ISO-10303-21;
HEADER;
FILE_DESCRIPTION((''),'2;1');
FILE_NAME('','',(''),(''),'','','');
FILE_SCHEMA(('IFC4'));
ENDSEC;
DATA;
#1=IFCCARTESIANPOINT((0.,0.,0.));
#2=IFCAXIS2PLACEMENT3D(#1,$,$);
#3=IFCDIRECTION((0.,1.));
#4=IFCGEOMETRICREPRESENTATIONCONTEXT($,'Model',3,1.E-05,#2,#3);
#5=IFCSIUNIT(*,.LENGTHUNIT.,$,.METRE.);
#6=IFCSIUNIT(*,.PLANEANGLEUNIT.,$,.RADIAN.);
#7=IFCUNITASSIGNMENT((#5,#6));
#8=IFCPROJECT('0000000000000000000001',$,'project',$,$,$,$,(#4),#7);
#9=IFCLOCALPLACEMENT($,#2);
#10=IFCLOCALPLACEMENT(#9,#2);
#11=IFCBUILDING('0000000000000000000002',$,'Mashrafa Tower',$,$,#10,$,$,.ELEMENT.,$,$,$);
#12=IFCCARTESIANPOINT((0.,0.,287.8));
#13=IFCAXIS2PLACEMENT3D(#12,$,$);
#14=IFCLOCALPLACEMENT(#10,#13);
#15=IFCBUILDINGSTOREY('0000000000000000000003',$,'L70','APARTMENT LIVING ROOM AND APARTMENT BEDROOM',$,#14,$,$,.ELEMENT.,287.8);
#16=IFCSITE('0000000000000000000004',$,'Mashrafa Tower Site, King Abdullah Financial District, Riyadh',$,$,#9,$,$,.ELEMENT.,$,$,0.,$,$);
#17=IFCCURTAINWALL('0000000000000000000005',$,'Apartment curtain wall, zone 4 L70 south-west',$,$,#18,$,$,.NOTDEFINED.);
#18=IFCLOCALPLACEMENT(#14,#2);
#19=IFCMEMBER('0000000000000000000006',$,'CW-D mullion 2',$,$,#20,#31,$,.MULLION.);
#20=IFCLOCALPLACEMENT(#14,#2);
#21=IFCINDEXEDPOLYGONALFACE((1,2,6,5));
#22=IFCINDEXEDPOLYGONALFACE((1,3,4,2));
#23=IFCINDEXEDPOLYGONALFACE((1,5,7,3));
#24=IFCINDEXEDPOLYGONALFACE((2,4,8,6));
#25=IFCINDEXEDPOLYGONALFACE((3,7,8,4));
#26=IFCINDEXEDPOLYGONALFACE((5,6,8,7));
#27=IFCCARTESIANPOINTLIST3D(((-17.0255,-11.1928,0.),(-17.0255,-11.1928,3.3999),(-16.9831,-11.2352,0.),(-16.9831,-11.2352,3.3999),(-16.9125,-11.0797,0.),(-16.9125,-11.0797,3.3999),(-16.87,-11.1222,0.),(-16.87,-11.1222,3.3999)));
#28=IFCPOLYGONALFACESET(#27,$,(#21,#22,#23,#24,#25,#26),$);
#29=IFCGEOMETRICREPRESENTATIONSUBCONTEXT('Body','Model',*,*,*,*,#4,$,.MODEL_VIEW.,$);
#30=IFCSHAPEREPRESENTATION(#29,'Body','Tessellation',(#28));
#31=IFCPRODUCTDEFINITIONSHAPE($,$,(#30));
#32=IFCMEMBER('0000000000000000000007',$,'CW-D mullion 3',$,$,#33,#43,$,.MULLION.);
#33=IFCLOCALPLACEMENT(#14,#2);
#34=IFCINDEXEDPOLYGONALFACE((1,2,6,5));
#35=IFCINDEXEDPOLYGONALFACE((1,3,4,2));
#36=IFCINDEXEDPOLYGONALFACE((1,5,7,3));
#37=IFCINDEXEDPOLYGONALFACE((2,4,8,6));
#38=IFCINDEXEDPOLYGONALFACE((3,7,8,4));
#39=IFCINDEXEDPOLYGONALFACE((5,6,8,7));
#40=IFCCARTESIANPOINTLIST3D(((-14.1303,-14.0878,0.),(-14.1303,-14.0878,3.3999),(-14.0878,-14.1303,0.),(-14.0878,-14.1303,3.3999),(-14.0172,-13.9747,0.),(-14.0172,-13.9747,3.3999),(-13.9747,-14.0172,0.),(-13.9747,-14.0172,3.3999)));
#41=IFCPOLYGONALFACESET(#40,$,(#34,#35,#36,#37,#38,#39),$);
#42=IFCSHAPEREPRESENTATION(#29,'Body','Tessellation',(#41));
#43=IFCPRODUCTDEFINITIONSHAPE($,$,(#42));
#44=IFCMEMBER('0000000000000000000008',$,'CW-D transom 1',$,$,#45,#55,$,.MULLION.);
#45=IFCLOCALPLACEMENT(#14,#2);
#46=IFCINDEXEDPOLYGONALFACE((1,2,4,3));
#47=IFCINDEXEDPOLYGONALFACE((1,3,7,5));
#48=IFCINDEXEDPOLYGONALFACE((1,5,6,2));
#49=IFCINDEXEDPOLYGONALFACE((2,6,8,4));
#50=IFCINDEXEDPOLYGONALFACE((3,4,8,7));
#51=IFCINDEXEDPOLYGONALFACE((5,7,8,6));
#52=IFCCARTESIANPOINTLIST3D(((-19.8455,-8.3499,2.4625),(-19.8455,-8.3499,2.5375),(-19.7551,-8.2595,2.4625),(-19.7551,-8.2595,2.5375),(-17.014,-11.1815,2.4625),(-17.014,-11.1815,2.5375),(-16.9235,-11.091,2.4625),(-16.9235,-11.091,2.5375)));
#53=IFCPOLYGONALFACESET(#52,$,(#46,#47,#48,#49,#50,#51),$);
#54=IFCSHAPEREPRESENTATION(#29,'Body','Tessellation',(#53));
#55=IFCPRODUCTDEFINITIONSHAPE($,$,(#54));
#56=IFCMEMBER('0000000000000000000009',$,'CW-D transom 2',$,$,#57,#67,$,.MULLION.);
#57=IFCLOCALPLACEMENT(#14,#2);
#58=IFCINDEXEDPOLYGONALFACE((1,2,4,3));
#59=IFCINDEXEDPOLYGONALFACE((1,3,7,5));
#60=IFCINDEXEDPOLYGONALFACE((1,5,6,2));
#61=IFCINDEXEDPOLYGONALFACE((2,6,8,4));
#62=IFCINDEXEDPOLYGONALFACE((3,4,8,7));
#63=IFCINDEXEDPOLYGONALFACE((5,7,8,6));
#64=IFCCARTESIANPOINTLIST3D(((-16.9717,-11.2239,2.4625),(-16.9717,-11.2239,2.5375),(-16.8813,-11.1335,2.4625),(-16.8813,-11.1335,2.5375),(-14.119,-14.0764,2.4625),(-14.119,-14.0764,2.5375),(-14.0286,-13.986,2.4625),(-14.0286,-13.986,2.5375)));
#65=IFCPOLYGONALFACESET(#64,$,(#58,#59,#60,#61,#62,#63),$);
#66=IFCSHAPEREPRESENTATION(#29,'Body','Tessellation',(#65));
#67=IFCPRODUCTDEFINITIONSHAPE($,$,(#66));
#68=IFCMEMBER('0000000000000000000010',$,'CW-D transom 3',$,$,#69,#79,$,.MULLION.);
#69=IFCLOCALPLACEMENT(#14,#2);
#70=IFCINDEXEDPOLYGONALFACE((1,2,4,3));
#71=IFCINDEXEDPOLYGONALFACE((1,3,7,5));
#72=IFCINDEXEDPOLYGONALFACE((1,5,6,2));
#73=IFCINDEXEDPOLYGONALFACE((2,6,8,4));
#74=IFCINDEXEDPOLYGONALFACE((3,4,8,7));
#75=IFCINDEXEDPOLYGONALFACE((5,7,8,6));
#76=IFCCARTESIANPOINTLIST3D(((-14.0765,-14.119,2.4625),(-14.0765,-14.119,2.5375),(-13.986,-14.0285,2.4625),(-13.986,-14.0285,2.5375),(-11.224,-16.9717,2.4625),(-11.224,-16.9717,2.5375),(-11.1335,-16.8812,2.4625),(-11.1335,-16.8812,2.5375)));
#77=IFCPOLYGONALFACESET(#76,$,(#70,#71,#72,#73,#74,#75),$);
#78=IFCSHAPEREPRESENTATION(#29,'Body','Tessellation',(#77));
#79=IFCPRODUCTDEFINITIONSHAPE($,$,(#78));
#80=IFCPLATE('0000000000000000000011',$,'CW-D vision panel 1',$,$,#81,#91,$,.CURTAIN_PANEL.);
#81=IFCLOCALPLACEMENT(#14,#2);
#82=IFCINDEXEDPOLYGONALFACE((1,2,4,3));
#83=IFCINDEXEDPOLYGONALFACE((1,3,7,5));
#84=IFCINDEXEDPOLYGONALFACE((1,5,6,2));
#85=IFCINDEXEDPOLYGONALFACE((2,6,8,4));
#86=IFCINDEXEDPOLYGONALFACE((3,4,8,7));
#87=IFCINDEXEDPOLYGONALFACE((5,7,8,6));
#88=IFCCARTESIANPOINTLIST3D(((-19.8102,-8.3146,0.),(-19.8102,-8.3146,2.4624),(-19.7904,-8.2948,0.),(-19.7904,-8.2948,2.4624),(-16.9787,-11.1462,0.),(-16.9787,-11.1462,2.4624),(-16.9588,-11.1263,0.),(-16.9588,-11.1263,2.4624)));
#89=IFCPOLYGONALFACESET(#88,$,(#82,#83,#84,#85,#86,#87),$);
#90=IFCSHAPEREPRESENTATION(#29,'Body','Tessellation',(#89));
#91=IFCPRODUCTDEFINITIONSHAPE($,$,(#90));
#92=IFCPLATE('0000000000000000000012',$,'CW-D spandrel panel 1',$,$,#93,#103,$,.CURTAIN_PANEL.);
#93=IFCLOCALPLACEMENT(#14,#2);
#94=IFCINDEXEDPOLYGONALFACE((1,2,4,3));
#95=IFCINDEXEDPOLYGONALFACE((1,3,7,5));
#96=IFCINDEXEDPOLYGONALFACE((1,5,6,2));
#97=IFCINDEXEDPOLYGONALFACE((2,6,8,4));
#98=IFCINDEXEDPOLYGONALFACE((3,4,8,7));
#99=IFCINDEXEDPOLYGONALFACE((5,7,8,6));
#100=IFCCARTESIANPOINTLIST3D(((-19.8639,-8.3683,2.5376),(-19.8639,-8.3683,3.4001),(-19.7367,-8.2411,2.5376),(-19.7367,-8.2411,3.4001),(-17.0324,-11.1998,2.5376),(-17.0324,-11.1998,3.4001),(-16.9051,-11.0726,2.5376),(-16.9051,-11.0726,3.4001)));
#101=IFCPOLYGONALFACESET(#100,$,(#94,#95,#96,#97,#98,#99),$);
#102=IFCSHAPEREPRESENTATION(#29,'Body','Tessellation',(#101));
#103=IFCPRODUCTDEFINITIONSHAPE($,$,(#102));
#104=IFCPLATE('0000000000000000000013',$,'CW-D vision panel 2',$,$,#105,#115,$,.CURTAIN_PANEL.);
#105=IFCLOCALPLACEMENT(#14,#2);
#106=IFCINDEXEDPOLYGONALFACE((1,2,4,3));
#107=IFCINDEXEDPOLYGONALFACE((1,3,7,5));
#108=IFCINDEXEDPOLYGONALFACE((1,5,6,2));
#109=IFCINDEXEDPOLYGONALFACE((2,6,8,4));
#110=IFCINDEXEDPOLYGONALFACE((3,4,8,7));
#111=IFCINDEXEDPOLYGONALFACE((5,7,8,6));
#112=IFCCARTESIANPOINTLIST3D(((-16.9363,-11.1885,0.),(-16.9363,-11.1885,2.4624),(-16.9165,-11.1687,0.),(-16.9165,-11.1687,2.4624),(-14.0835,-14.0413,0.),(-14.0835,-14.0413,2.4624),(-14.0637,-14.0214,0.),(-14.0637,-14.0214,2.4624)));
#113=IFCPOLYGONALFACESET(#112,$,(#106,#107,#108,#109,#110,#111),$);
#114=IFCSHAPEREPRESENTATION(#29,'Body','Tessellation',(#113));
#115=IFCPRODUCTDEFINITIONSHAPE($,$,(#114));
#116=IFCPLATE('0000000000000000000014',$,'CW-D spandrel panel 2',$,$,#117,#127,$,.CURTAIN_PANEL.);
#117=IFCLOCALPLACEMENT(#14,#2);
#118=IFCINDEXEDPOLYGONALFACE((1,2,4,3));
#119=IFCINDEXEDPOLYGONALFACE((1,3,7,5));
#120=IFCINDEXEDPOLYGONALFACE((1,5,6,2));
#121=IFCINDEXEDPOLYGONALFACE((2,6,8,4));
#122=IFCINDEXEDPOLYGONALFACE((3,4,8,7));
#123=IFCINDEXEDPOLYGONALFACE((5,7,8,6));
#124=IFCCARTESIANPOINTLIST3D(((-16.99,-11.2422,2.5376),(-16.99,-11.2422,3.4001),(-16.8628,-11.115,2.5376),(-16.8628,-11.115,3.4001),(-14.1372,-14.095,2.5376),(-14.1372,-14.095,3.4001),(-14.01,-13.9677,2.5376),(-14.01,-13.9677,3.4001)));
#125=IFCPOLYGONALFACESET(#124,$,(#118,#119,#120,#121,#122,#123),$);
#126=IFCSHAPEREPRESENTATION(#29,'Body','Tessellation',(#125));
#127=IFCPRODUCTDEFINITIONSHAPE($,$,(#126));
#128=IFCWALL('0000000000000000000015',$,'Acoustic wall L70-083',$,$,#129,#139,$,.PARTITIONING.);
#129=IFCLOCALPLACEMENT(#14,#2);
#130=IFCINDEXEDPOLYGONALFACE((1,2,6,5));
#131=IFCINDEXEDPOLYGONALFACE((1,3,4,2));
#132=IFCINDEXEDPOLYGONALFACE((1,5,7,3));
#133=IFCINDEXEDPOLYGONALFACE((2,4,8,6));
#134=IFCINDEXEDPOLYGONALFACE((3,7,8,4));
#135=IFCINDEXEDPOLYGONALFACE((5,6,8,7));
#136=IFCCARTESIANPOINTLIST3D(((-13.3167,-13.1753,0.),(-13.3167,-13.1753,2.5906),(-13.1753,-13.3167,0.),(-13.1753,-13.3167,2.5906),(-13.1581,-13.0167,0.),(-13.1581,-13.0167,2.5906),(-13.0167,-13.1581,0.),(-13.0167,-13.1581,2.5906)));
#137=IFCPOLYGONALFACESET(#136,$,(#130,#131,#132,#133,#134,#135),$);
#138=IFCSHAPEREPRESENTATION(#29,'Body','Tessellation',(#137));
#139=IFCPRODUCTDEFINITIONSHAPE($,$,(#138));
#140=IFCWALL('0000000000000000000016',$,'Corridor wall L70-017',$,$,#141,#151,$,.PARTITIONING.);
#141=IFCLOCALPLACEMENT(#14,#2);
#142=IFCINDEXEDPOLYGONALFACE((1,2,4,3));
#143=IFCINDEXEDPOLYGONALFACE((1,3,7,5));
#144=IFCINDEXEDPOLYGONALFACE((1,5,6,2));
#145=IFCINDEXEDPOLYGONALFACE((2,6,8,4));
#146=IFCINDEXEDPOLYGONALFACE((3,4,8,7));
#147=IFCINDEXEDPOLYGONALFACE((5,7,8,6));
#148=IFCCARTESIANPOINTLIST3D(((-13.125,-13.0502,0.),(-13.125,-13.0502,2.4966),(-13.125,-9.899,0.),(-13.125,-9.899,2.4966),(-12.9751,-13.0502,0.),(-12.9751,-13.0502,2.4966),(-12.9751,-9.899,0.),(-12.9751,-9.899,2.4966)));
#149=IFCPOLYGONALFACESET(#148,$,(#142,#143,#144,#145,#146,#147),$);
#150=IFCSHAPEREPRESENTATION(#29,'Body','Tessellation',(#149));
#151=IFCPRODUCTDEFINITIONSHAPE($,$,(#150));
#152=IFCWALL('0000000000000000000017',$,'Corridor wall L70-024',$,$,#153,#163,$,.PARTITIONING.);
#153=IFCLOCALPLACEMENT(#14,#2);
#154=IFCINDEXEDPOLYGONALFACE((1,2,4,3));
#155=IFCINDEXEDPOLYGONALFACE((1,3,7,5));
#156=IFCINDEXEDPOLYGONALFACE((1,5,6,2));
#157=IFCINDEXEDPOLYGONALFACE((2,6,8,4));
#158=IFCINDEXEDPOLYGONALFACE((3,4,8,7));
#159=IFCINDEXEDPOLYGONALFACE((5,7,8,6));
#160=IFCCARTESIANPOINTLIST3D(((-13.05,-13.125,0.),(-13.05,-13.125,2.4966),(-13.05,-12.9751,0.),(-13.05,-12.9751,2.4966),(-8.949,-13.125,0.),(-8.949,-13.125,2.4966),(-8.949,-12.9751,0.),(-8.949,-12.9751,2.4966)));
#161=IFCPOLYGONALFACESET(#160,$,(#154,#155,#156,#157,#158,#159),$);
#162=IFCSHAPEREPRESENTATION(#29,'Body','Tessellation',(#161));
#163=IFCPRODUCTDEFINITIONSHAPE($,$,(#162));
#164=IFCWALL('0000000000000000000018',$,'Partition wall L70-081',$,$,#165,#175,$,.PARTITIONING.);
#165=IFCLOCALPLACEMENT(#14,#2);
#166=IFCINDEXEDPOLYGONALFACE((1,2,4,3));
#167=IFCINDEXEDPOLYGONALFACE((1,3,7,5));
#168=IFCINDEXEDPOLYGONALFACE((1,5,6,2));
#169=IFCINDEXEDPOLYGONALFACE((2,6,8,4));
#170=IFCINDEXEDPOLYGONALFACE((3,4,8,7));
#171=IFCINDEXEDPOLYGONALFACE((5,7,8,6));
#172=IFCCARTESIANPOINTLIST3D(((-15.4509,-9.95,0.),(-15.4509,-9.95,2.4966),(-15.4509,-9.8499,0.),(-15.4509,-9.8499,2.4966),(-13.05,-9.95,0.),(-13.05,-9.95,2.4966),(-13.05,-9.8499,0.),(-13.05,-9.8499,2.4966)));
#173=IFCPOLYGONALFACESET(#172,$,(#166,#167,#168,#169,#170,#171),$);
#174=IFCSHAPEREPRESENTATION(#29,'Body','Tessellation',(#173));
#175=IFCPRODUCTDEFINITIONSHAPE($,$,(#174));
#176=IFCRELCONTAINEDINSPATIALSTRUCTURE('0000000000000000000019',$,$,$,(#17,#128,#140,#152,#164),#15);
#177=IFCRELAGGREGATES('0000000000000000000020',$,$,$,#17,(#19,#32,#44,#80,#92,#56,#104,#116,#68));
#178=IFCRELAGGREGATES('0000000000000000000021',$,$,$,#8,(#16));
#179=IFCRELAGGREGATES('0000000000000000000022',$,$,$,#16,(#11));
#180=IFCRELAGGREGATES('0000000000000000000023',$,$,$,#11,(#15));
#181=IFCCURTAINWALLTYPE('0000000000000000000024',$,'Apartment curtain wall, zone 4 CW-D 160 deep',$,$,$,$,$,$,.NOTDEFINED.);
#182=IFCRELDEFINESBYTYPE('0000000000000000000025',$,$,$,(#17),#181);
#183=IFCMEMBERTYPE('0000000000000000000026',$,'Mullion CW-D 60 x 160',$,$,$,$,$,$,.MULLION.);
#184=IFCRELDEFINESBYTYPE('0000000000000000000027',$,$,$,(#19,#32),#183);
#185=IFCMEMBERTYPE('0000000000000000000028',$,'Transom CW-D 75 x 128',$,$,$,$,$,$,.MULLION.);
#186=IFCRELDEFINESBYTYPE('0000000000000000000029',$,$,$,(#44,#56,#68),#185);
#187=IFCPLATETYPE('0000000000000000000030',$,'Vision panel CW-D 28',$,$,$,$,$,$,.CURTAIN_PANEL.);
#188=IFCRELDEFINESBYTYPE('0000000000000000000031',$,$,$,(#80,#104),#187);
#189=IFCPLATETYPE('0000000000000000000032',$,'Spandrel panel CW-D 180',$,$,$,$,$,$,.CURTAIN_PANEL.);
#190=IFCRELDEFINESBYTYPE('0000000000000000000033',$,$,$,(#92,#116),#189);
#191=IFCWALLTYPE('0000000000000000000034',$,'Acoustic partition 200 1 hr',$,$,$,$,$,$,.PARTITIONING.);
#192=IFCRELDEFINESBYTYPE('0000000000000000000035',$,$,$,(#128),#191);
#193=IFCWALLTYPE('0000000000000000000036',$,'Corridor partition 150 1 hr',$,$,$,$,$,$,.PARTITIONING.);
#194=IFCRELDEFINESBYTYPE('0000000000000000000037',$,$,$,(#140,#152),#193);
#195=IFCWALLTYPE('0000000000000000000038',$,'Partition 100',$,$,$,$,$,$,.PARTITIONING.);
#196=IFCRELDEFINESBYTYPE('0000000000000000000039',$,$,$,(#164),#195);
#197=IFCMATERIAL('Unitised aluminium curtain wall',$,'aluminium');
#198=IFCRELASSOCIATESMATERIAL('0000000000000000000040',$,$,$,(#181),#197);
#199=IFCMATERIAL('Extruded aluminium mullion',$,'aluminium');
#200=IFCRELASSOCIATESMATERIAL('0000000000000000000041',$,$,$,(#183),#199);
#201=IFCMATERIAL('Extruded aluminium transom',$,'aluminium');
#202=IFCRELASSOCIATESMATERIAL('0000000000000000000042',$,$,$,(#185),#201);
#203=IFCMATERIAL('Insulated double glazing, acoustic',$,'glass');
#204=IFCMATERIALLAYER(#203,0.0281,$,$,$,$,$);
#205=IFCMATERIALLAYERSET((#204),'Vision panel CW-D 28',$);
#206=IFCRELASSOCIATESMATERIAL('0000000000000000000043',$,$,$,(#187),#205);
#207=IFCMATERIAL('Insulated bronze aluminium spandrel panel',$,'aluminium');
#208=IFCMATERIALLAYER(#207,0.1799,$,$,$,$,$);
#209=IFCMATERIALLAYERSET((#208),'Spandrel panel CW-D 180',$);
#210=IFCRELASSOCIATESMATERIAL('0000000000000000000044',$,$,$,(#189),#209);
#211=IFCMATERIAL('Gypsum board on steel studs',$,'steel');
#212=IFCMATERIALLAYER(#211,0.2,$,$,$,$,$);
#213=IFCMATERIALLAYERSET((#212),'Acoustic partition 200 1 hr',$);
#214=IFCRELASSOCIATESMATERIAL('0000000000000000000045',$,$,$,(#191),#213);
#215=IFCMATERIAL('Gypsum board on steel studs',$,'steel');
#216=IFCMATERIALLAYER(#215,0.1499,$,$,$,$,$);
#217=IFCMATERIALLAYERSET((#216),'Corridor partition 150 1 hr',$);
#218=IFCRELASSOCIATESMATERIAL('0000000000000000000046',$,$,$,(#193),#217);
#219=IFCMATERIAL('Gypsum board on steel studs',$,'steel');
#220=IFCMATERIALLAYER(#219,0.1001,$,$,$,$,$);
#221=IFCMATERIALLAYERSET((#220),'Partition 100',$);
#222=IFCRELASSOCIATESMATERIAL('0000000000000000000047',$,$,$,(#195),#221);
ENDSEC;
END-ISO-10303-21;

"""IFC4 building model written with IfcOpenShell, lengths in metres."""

from ifc_helpers import new_model, si_unit, direction, frame, frame_2d, origin, origin_2d, place, context, subcontext, project, spatial, rectangle, extrude, source, transform, mapped, material, layer, layer_set, material_profile, profile_set, type_object, type_shapes, element, aggregate, save


model = new_model("IFC4")

# Units and contexts
model_context = context("Model", 3, precision=1e-05, world=origin(), true_north=direction((0.0, 1.0)))
body_context = subcontext(model_context, "Body", "Model", "MODEL_VIEW")
ifc_project = project(units=[si_unit("LENGTHUNIT", "METRE"), si_unit("PLANEANGLEUNIT", "RADIAN")], contexts=[model_context])

# Site, building, storey
site_placement = place(None, origin())
site = spatial("IfcSite", under=ifc_project, at=site_placement, Name="Mashrafa Tower Site, King Abdullah Financial District, Riyadh", CompositionType="ELEMENT", RefElevation=0.0)
building_placement = place(site_placement, origin())
building = spatial("IfcBuilding", under=site, at=building_placement, Name="Mashrafa Tower", CompositionType="ELEMENT")
storey_placement = place(building_placement, frame((0.0, 0.0, 287.8)))
storey = spatial("IfcBuildingStorey", under=building, at=storey_placement, Name="L70", Description="APARTMENT LIVING ROOM AND APARTMENT BEDROOM", CompositionType="ELEMENT", Elevation=287.8)

# Shared definitions
ifc_material_1 = material(Name="Unitised aluminium curtain wall", Category="aluminium")
curtain_wall_type = type_object("IfcCurtainWallType", Name="Apartment curtain wall, zone 4 CW-D 160 deep", PredefinedType="NOTDEFINED", material=ifc_material_1)
ifc_material_2 = material(Name="Extruded aluminium mullion", Category="aluminium")
ifc_material_profile_1 = material_profile(ifc_material_2, rectangle(XDim=0.1599, YDim=0.0601, at=origin_2d()), Name="Mullion 60x160")
ifc_profile_set_1 = profile_set([ifc_material_profile_1], Name="Extruded aluminium mullion")
member_type_1 = type_object("IfcMemberType", Name="Mullion CW-D 60 x 160", PredefinedType="MULLION", material=ifc_profile_set_1)
shared_shape_1 = source(origin(), body_context, "Body", "SweptSolid", [
    extrude(rectangle(XDim=0.1599, YDim=0.0601, at=origin_2d()), origin(), (0.0, 0.0, 1.0), 3.3999),
])
type_shapes(member_type_1, [shared_shape_1])

# Curtain wall, members, plates
curtain_wall_1_placement = place(storey_placement, origin())
curtain_wall_1 = element("IfcCurtainWall", 1, at=curtain_wall_1_placement, inside=storey, type_object=curtain_wall_type, Name="Apartment curtain wall, zone 4 L70 south-west", PredefinedType="NOTDEFINED")
member_1_placement = place(storey_placement, frame((-16.9478, -11.1575, 0.0), z_axis=(0.0, 0.0, 1.0), x_axis=(0.707107, 0.707107, 0.0)))
member_1 = element("IfcMember", 2, at=member_1_placement, type_object=member_type_1, Name="CW-D mullion 2", PredefinedType="MULLION", context=body_context, shape_type="MappedRepresentation", body=[
    mapped(shared_shape_1, transform((0.0, 0.0, 0.0))),
])
member_2_placement = place(storey_placement, frame((-14.0525, -14.0525, 0.0), z_axis=(0.0, 0.0, 1.0), x_axis=(0.707107, 0.707107, 0.0)))
member_2 = element("IfcMember", 3, at=member_2_placement, type_object=member_type_1, Name="CW-D mullion 3", PredefinedType="MULLION", context=body_context, shape_type="MappedRepresentation", body=[
    mapped(shared_shape_1, transform((0.0, 0.0, 0.0))),
])
ifc_material_3 = material(Name="Extruded aluminium transom", Category="aluminium")
ifc_material_profile_2 = material_profile(ifc_material_3, rectangle(XDim=0.1279, YDim=0.075, at=origin_2d()), Name="Transom 75x128")
ifc_profile_set_2 = profile_set([ifc_material_profile_2], Name="Extruded aluminium transom")
member_type_2 = type_object("IfcMemberType", Name="Transom CW-D 75 x 128", PredefinedType="MULLION", material=ifc_profile_set_2)
shared_shape_2 = source(origin(), body_context, "Body", "SweptSolid", [
    extrude(rectangle(XDim=0.1279, YDim=0.075, at=origin_2d()), origin(), (0.0, 0.0, 1.0), 4.0044),
])
member_3_placement = place(storey_placement, frame((-19.8003, -8.3047, 2.5), z_axis=(0.707107, -0.707107, 0.0), x_axis=(0.707107, 0.707107, 0.0)))
member_3 = element("IfcMember", 4, at=member_3_placement, type_object=member_type_2, Name="CW-D transom 1", PredefinedType="MULLION", context=body_context, shape_type="MappedRepresentation", body=[
    mapped(shared_shape_2, transform((0.0, 0.0, 0.0))),
])
shared_shape_3 = source(origin(), body_context, "Body", "SweptSolid", [
    extrude(rectangle(XDim=0.1279, YDim=0.075, at=origin_2d()), origin(), (0.0, 0.0, 1.0), 4.0342),
])
type_shapes(member_type_2, [shared_shape_2, shared_shape_3])
member_4_placement = place(storey_placement, frame((-16.9265, -11.1787, 2.5), z_axis=(0.707137, -0.707077, 0.0), x_axis=(0.707077, 0.707137, 0.0)))
member_4 = element("IfcMember", 5, at=member_4_placement, type_object=member_type_2, Name="CW-D transom 2", PredefinedType="MULLION", context=body_context, shape_type="MappedRepresentation", body=[
    mapped(shared_shape_3, transform((0.0, 0.0, 0.0))),
])
member_5_placement = place(storey_placement, frame((-14.0312, -14.0737, 2.5), z_axis=(0.707077, -0.707137, 0.0), x_axis=(0.707137, 0.707077, 0.0)))
member_5 = element("IfcMember", 6, at=member_5_placement, type_object=member_type_2, Name="CW-D transom 3", PredefinedType="MULLION", context=body_context, shape_type="MappedRepresentation", body=[
    mapped(shared_shape_3, transform((0.0, 0.0, 0.0))),
])
ifc_material_4 = material(Name="Insulated double glazing, acoustic", Category="glass")
ifc_layer_1 = layer(ifc_material_4, 0.0281)
ifc_layer_set_1 = layer_set([ifc_layer_1], Name="Vision panel CW-D 28")
plate_type_1 = type_object("IfcPlateType", Name="Vision panel CW-D 28", PredefinedType="CURTAIN_PANEL", material=ifc_layer_set_1)
shared_shape_4 = source(origin(), body_context, "Body", "SweptSolid", [
    extrude(rectangle(XDim=4.0044, YDim=0.0281, at=origin_2d()), origin(), (0.0, 0.0, 1.0), 2.4624),
])
plate_1_placement = place(storey_placement, frame((-18.3845, -9.7205, 0.0), z_axis=(0.0, 0.0, 1.0), x_axis=(0.707107, -0.707107, 0.0)))
plate_1 = element("IfcPlate", 7, at=plate_1_placement, type_object=plate_type_1, Name="CW-D vision panel 1", PredefinedType="CURTAIN_PANEL", context=body_context, shape_type="MappedRepresentation", body=[
    mapped(shared_shape_4, transform((0.0, 0.0, 0.0))),
])
ifc_material_5 = material(Name="Insulated bronze aluminium spandrel panel", Category="aluminium")
ifc_layer_2 = layer(ifc_material_5, 0.1799)
ifc_layer_set_2 = layer_set([ifc_layer_2], Name="Spandrel panel CW-D 180")
plate_type_2 = type_object("IfcPlateType", Name="Spandrel panel CW-D 180", PredefinedType="CURTAIN_PANEL", material=ifc_layer_set_2)
shared_shape_5 = source(origin(), body_context, "Body", "SweptSolid", [
    extrude(rectangle(XDim=4.0044, YDim=0.1799, at=origin_2d()), origin(), (0.0, 0.0, 1.0), 0.8625),
])
plate_2_placement = place(storey_placement, frame((-18.3845, -9.7205, 2.5376), z_axis=(0.0, 0.0, 1.0), x_axis=(0.707107, -0.707107, 0.0)))
plate_2 = element("IfcPlate", 8, at=plate_2_placement, type_object=plate_type_2, Name="CW-D spandrel panel 1", PredefinedType="CURTAIN_PANEL", context=body_context, shape_type="MappedRepresentation", body=[
    mapped(shared_shape_5, transform((0.0, 0.0, 0.0))),
])
shared_shape_6 = source(origin(), body_context, "Body", "SweptSolid", [
    extrude(rectangle(XDim=4.0344, YDim=0.0281, at=origin_2d()), origin(), (0.0, 0.0, 1.0), 2.4624),
])
type_shapes(plate_type_1, [shared_shape_4, shared_shape_6])
plate_3_placement = place(storey_placement, frame((-15.5, -12.605, 0.0), z_axis=(0.0, 0.0, 1.0), x_axis=(0.707107, -0.707107, 0.0)))
plate_3 = element("IfcPlate", 9, at=plate_3_placement, type_object=plate_type_1, Name="CW-D vision panel 2", PredefinedType="CURTAIN_PANEL", context=body_context, shape_type="MappedRepresentation", body=[
    mapped(shared_shape_6, transform((0.0, 0.0, 0.0))),
])
shared_shape_7 = source(origin(), body_context, "Body", "SweptSolid", [
    extrude(rectangle(XDim=4.0344, YDim=0.1799, at=origin_2d()), origin(), (0.0, 0.0, 1.0), 0.8625),
])
type_shapes(plate_type_2, [shared_shape_5, shared_shape_7])
plate_4_placement = place(storey_placement, frame((-15.5, -12.605, 2.5376), z_axis=(0.0, 0.0, 1.0), x_axis=(0.707107, -0.707107, 0.0)))
plate_4 = element("IfcPlate", 10, at=plate_4_placement, type_object=plate_type_2, Name="CW-D spandrel panel 2", PredefinedType="CURTAIN_PANEL", context=body_context, shape_type="MappedRepresentation", body=[
    mapped(shared_shape_7, transform((0.0, 0.0, 0.0))),
])
aggregate(curtain_wall_1, [member_1, member_2, member_3, plate_1, plate_2, member_4, plate_3, plate_4, member_5])

# Walls
ifc_material_6 = material(Name="Gypsum board on steel studs", Category="steel")
ifc_layer_3 = layer(ifc_material_6, 0.2)
ifc_layer_set_3 = layer_set([ifc_layer_3], Name="Acoustic partition 200 1 hr")
wall_type_1 = type_object("IfcWallType", Name="Acoustic partition 200 1 hr", PredefinedType="PARTITIONING", material=ifc_layer_set_3)
wall_1_placement = place(storey_placement, frame((-13.2461, -13.2461, 0.0), z_axis=(0.0, 0.0, 1.0), x_axis=(0.707107, 0.707107, 0.0)))
element("IfcWall", 11, at=wall_1_placement, inside=storey, type_object=wall_type_1, Name="Acoustic wall L70-083", PredefinedType="PARTITIONING", context=body_context, shape_type="SweptSolid", body=[
    extrude(rectangle(XDim=0.2244, YDim=0.2, at=frame_2d((0.1123, 0.0))), origin(), (0.0, 0.0, 1.0), 2.5906),
])
ifc_material_7 = material(Name="Gypsum board on steel studs", Category="steel")
ifc_layer_4 = layer(ifc_material_7, 0.1499)
ifc_layer_set_4 = layer_set([ifc_layer_4], Name="Corridor partition 150 1 hr")
wall_type_2 = type_object("IfcWallType", Name="Corridor partition 150 1 hr", PredefinedType="PARTITIONING", material=ifc_layer_set_4)
wall_2_placement = place(storey_placement, frame((-13.05, -9.8989, 0.0), z_axis=(0.0, 0.0, 1.0), x_axis=(0.0, -1.0, 0.0)))
element("IfcWall", 12, at=wall_2_placement, inside=storey, type_object=wall_type_2, Name="Corridor wall L70-017", PredefinedType="PARTITIONING", context=body_context, shape_type="SweptSolid", body=[
    extrude(rectangle(XDim=3.1511, YDim=0.1499, at=frame_2d((1.5757, 0.0))), origin(), (0.0, 0.0, 1.0), 2.4966),
])
wall_3_placement = place(storey_placement, frame((-13.05, -13.05, 0.0), z_axis=(0.0, 0.0, 1.0), x_axis=(1.0, 0.0, 0.0)))
element("IfcWall", 13, at=wall_3_placement, inside=storey, type_object=wall_type_2, Name="Corridor wall L70-024", PredefinedType="PARTITIONING", context=body_context, shape_type="SweptSolid", body=[
    extrude(rectangle(XDim=4.1011, YDim=0.1499, at=frame_2d((2.0505, 0.0))), origin(), (0.0, 0.0, 1.0), 2.4966),
])
ifc_material_8 = material(Name="Gypsum board on steel studs", Category="steel")
ifc_layer_5 = layer(ifc_material_8, 0.1001)
ifc_layer_set_5 = layer_set([ifc_layer_5], Name="Partition 100")
wall_type_3 = type_object("IfcWallType", Name="Partition 100", PredefinedType="PARTITIONING", material=ifc_layer_set_5)
wall_4_placement = place(storey_placement, frame((-13.05, -9.8999, 0.0), z_axis=(0.0, 0.0, 1.0), x_axis=(-1.0, 0.0, 0.0)))
element("IfcWall", 14, at=wall_4_placement, inside=storey, type_object=wall_type_3, Name="Partition wall L70-081", PredefinedType="PARTITIONING", context=body_context, shape_type="SweptSolid", body=[
    extrude(rectangle(XDim=2.4009, YDim=0.1001, at=frame_2d((1.2004, 0.0))), origin(), (0.0, 0.0, 1.0), 2.4966),
])

save(model, "model.ifc")
